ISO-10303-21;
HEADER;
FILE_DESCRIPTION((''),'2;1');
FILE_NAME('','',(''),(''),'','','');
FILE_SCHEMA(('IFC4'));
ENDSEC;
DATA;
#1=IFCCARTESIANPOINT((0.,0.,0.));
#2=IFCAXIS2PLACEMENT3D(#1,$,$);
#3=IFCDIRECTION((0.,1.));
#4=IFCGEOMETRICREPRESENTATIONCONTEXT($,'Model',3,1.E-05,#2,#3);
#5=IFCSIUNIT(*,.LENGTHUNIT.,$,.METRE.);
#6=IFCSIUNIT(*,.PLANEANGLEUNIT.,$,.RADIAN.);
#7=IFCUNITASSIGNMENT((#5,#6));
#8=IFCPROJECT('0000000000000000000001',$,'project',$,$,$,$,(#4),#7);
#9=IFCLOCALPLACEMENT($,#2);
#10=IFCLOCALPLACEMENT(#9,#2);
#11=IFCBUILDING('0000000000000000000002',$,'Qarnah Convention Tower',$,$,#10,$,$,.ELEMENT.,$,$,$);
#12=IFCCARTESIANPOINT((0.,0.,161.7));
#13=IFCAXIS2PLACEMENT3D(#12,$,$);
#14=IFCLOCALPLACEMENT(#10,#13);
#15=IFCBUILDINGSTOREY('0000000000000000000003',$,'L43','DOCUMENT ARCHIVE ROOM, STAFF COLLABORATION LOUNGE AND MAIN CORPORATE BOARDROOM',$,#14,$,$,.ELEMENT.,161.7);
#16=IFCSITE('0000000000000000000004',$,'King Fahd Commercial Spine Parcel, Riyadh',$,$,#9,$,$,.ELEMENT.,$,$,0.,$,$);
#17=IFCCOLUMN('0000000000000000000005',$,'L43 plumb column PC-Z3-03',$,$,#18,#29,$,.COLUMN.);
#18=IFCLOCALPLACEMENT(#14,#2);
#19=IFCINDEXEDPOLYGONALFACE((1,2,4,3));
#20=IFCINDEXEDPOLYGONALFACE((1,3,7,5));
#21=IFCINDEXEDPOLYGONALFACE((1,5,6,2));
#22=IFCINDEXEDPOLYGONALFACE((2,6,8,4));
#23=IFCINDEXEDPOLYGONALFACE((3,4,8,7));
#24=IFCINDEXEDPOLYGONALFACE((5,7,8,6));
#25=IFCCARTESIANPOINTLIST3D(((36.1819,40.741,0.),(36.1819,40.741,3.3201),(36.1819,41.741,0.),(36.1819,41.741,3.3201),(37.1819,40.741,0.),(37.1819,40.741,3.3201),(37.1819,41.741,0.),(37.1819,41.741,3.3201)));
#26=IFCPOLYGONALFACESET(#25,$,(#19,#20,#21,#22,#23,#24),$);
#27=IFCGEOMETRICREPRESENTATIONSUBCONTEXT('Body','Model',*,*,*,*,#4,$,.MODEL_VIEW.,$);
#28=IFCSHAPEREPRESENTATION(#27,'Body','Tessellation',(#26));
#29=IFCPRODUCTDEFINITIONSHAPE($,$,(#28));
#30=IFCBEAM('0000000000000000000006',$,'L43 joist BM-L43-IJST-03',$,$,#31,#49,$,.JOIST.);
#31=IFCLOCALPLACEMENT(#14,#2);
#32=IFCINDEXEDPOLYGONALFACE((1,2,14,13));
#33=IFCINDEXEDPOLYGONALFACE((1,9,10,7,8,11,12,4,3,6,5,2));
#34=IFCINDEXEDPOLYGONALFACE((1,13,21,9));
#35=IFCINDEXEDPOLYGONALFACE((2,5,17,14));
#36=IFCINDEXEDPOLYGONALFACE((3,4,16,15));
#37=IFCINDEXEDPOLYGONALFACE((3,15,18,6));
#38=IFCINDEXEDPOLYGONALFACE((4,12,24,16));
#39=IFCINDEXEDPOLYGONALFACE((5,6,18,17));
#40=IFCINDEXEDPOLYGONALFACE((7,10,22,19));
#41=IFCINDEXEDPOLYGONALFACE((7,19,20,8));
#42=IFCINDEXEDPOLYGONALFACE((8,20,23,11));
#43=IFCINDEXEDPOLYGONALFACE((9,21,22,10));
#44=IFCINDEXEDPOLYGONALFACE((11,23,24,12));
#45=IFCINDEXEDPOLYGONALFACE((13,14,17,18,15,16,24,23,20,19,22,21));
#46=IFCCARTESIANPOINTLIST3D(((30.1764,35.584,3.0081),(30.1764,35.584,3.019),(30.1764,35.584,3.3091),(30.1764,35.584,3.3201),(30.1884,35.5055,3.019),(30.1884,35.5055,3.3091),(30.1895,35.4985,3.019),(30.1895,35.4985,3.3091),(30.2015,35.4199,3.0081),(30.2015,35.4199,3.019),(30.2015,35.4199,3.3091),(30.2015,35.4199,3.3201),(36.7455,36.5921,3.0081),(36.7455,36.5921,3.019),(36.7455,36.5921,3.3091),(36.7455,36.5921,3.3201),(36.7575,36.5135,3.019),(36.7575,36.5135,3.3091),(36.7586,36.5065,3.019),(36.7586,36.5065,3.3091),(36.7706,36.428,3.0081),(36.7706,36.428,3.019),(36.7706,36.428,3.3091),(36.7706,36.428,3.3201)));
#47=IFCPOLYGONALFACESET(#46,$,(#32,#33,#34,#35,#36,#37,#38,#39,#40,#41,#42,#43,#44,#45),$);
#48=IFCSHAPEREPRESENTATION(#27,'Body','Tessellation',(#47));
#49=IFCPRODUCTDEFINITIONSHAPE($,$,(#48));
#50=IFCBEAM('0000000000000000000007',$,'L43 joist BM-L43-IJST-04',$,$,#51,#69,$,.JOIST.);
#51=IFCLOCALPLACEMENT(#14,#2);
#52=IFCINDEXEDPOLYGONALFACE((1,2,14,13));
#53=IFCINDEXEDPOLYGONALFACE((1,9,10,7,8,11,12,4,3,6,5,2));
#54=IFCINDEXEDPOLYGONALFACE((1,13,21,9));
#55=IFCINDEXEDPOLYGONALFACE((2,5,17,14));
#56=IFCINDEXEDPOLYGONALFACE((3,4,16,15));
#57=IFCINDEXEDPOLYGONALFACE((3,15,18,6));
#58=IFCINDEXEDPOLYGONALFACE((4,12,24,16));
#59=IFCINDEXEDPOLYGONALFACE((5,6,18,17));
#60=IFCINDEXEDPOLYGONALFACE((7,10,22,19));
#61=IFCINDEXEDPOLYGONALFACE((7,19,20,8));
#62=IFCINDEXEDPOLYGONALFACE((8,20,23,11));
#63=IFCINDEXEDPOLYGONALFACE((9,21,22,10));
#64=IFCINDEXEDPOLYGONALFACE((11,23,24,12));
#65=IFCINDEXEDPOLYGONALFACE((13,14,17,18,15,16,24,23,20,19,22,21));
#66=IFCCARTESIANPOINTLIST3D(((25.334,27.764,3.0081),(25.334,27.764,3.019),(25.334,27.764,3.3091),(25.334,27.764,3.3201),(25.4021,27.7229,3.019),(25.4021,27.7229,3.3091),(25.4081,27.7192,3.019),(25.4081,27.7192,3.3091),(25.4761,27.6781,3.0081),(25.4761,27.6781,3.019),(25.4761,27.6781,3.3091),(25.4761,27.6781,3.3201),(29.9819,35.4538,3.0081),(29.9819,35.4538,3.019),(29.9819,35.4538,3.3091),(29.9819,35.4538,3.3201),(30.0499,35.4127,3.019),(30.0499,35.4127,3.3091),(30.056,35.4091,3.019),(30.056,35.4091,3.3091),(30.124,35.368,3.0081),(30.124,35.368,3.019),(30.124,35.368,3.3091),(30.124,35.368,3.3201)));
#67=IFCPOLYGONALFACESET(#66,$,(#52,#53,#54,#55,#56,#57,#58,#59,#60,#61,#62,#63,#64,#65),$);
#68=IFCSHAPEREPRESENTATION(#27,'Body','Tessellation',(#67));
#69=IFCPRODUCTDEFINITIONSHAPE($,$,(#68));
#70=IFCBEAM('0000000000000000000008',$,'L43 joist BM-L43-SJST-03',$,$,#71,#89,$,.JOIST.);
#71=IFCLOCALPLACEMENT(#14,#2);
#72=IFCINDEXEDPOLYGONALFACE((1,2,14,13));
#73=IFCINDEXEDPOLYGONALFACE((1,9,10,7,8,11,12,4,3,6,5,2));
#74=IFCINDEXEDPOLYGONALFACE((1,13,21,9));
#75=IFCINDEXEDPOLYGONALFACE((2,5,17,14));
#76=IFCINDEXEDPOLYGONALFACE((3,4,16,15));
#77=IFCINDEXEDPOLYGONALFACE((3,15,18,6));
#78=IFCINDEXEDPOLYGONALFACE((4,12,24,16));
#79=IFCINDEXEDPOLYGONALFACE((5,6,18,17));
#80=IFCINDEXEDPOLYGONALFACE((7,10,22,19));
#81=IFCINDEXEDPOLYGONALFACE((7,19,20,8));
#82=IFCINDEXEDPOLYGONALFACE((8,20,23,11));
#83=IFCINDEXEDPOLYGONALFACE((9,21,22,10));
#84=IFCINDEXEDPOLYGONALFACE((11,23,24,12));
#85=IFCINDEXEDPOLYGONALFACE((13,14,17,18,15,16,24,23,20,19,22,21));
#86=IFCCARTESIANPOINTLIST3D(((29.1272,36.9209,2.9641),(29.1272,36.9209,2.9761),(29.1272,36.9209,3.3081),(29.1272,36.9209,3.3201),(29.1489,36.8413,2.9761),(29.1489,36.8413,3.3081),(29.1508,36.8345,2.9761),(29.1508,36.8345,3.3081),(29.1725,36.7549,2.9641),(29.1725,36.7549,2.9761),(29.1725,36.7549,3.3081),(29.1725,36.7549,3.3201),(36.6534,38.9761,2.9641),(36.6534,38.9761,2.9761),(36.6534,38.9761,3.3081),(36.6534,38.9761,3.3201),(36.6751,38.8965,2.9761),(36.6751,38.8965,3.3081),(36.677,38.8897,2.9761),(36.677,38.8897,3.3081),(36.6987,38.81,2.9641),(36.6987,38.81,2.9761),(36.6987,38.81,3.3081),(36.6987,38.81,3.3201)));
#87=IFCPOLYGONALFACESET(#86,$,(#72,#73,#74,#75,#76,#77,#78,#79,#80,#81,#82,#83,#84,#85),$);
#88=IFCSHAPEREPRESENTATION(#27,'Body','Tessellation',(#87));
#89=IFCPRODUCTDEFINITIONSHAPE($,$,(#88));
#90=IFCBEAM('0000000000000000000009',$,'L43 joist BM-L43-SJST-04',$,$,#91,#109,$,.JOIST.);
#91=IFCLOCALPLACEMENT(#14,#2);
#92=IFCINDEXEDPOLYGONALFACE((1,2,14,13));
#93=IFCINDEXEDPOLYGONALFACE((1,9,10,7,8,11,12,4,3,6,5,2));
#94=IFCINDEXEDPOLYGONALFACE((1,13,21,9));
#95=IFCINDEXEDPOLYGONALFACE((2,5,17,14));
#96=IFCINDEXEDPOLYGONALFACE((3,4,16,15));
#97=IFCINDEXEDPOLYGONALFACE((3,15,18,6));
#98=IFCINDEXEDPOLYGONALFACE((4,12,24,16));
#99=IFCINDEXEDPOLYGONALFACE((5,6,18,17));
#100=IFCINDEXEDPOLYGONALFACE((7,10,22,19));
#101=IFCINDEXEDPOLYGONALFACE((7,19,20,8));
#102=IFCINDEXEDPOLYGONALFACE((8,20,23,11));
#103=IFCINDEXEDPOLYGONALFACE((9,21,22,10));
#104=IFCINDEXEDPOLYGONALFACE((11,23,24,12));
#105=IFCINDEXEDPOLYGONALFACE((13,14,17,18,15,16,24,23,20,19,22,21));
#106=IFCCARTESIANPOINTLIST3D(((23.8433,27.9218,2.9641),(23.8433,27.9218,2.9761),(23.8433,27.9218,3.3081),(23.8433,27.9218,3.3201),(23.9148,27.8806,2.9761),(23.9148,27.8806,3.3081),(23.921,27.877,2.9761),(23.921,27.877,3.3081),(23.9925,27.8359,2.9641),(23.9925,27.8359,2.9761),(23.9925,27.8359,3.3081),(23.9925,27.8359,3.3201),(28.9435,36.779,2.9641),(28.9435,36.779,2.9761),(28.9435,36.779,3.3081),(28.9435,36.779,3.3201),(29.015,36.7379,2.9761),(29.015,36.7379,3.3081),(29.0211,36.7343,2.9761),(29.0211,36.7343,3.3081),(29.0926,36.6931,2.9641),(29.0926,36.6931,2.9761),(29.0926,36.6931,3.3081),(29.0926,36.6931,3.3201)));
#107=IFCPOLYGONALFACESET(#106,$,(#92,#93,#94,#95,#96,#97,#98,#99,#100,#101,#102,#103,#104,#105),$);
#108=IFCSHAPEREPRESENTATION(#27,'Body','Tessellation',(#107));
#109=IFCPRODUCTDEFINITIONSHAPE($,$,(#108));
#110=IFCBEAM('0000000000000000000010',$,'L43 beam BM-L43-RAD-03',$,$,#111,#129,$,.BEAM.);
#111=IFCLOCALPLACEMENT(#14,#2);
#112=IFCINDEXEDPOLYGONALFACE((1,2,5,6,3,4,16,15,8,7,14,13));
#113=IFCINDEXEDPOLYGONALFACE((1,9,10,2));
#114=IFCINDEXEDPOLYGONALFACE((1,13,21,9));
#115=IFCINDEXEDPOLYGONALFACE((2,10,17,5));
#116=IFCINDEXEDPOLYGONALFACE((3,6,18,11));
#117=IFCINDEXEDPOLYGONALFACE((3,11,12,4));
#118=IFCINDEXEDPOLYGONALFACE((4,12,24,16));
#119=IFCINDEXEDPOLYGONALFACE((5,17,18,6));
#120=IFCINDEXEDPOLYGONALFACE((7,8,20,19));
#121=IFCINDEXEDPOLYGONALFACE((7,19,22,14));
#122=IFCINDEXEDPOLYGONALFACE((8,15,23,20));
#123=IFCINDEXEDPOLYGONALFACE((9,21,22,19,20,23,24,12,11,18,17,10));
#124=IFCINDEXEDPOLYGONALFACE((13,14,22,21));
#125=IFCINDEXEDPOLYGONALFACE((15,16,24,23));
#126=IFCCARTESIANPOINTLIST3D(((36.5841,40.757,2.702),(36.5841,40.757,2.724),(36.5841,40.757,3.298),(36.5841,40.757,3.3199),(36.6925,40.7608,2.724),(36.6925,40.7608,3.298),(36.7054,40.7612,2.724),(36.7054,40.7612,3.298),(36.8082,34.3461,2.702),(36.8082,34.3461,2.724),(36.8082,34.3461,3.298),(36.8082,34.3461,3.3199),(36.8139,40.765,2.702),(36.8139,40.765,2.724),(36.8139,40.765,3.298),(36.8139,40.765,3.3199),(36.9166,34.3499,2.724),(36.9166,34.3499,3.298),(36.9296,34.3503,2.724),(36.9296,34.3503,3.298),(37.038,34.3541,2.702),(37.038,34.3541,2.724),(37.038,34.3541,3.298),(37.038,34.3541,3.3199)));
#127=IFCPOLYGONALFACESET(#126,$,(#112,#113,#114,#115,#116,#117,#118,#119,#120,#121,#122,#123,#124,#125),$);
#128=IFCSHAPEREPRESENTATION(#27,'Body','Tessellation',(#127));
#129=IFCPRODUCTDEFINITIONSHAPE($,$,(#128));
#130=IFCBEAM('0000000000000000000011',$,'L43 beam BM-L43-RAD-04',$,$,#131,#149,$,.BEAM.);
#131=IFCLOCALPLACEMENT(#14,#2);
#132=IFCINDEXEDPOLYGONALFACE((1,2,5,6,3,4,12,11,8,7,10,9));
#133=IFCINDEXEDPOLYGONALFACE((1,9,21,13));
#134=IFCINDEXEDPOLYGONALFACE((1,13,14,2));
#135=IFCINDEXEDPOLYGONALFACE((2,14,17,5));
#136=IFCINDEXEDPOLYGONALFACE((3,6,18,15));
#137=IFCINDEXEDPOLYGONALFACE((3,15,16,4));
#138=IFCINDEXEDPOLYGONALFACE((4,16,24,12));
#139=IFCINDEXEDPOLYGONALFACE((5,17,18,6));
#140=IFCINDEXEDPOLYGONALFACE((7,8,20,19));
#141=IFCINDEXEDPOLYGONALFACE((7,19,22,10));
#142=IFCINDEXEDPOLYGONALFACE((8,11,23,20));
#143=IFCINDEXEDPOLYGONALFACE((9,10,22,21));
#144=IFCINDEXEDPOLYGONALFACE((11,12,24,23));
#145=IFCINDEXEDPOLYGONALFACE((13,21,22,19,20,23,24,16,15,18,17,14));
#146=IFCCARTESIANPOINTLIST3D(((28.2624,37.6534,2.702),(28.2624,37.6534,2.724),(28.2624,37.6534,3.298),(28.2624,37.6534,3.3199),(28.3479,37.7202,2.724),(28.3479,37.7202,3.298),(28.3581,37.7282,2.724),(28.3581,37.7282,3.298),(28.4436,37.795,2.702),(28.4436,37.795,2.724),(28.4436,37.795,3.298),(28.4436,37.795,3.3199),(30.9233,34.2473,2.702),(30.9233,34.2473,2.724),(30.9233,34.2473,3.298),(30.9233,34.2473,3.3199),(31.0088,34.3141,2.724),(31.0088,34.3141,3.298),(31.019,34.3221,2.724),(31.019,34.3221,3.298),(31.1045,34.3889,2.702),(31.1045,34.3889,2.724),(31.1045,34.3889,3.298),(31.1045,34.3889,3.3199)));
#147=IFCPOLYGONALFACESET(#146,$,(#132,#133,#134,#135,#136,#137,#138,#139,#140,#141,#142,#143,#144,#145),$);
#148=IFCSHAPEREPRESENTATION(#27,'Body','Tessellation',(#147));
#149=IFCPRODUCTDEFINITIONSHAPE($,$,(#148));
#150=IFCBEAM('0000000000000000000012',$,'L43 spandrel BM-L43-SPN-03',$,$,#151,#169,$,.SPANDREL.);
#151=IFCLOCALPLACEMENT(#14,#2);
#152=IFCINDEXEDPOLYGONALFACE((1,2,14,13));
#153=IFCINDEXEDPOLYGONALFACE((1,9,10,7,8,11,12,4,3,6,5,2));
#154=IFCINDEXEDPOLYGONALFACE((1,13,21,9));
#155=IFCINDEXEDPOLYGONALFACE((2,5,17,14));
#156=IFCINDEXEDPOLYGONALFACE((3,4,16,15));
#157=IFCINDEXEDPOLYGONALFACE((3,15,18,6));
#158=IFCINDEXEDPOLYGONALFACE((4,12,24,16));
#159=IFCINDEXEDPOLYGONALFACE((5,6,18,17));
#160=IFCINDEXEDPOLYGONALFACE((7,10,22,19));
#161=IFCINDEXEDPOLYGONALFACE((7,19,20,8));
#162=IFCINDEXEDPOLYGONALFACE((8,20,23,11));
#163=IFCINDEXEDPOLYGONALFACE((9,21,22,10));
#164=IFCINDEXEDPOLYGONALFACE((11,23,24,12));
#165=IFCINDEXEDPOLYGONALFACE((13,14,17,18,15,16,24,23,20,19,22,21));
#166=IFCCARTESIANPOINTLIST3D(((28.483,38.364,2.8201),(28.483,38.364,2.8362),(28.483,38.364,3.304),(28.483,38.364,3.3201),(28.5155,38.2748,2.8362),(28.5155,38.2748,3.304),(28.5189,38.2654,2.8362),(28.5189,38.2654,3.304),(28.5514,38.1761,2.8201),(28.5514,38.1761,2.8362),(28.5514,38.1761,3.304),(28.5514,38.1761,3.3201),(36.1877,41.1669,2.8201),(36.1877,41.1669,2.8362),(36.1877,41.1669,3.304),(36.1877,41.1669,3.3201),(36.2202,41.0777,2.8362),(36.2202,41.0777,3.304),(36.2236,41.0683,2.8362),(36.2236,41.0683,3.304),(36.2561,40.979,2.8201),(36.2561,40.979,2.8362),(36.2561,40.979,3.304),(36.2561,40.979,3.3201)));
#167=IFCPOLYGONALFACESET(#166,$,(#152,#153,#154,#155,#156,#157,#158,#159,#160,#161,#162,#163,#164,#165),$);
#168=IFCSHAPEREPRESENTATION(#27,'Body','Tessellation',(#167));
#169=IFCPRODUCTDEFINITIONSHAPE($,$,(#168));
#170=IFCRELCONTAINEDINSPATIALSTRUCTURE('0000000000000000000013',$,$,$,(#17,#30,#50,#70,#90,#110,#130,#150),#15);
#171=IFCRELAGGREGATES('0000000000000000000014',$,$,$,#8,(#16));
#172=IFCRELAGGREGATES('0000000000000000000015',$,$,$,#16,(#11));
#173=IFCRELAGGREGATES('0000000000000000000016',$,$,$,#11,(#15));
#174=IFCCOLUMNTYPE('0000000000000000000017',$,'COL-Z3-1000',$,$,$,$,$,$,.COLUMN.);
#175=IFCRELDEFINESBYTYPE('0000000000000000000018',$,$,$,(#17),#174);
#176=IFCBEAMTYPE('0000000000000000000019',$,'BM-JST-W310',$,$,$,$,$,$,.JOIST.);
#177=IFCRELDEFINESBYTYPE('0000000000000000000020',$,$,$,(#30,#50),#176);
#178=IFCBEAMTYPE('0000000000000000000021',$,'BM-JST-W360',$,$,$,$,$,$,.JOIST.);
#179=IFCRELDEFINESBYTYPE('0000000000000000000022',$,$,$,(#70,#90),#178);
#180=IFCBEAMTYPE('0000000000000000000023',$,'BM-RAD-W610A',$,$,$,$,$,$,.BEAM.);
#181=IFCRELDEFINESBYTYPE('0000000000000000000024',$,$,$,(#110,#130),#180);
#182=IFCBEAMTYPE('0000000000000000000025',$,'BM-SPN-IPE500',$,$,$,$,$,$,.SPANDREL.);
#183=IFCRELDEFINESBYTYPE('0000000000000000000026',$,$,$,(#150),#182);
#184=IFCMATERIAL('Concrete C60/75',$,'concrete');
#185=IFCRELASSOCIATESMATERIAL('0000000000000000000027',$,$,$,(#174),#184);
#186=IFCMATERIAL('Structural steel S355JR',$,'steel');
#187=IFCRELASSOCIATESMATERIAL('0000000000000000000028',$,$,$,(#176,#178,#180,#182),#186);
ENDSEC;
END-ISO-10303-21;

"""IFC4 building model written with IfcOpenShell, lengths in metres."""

from ifc_helpers import new_model, si_unit, direction, frame, origin, origin_2d, place, context, subcontext, project, spatial, rectangle, i_section, extrude, material, material_profile, profile_set, type_object, element, save


model = new_model("IFC4")

# Units and contexts
model_context = context("Model", 3, precision=1e-05, world=origin(), true_north=direction((0.0, 1.0)))
body_context = subcontext(model_context, "Body", "Model", "MODEL_VIEW")
ifc_project = project(units=[si_unit("LENGTHUNIT", "METRE"), si_unit("PLANEANGLEUNIT", "RADIAN")], contexts=[model_context])

# Site, building, storey
site_placement = place(None, origin())
site = spatial("IfcSite", under=ifc_project, at=site_placement, Name="King Fahd Commercial Spine Parcel, Riyadh", CompositionType="ELEMENT", RefElevation=0.0)
building_placement = place(site_placement, origin())
building = spatial("IfcBuilding", under=site, at=building_placement, Name="Qarnah Convention Tower", CompositionType="ELEMENT")
storey_placement = place(building_placement, frame((0.0, 0.0, 161.7)))
storey = spatial("IfcBuildingStorey", under=building, at=storey_placement, Name="L43", Description="DOCUMENT ARCHIVE ROOM, STAFF COLLABORATION LOUNGE AND MAIN CORPORATE BOARDROOM", CompositionType="ELEMENT", Elevation=161.7)

# Column
ifc_material_1 = material(Name="Concrete C60/75", Category="concrete")
ifc_material_profile_1 = material_profile(ifc_material_1, rectangle(XDim=1.0, YDim=1.0, at=origin_2d()), Name="RC-COL-1000X1000")
ifc_profile_set_1 = profile_set([ifc_material_profile_1], Name="Concrete C60/75")
column_type = type_object("IfcColumnType", Name="COL-Z3-1000", PredefinedType="COLUMN", material=ifc_profile_set_1)
column_placement = place(storey_placement, frame((36.6819, 41.241, 0.0), z_axis=(0.0, 0.0, 1.0), x_axis=(1.0, 0.0, 0.0)))
element("IfcColumn", 1, at=column_placement, inside=storey, type_object=column_type, Name="L43 plumb column PC-Z3-03", PredefinedType="COLUMN", context=body_context, shape_type="SweptSolid", body=[
    extrude(rectangle(XDim=1.0, YDim=1.0, at=origin_2d()), origin(), (0.0, 0.0, 1.0), 3.3201),
])

# Beams
ifc_material_2 = material(Name="Structural steel S355JR", Category="steel")
ifc_material_profile_2 = material_profile(ifc_material_2, i_section(OverallWidth=0.166, OverallDepth=0.312, WebThickness=0.0071, FlangeThickness=0.011, at=origin_2d()), Name="W310X45")
ifc_profile_set_2 = profile_set([ifc_material_profile_2], Name="Structural steel S355JR")
beam_type_1 = type_object("IfcBeamType", Name="BM-JST-W310", PredefinedType="JOIST", material=ifc_profile_set_2)
beam_1_placement = place(storey_placement, frame((36.7581, 36.51, 3.1641), z_axis=(-0.98843, -0.151679, 0.0), x_axis=(0.151679, -0.98843, 0.0)))
element("IfcBeam", 2, at=beam_1_placement, inside=storey, type_object=beam_type_1, Name="L43 joist BM-L43-IJST-03", PredefinedType="JOIST", context=body_context, shape_type="SweptSolid", body=[
    extrude(i_section(OverallWidth=0.166, OverallDepth=0.312, WebThickness=0.0071, FlangeThickness=0.011, at=origin_2d()), origin(), (0.0, 0.0, 1.0), 6.646),
])
beam_2_placement = place(storey_placement, frame((30.053, 35.4109, 3.1641), z_axis=(-0.517274, -0.85582, 0.0), x_axis=(0.85582, -0.517274, 0.0)))
element("IfcBeam", 3, at=beam_2_placement, inside=storey, type_object=beam_type_1, Name="L43 joist BM-L43-IJST-04", PredefinedType="JOIST", context=body_context, shape_type="SweptSolid", body=[
    extrude(i_section(OverallWidth=0.166, OverallDepth=0.312, WebThickness=0.0071, FlangeThickness=0.011, at=origin_2d()), origin(), (0.0, 0.0, 1.0), 8.9854),
])
ifc_material_profile_3 = material_profile(ifc_material_2, i_section(OverallWidth=0.1721, OverallDepth=0.356, WebThickness=0.0071, FlangeThickness=0.012, at=origin_2d()), Name="W360X51")
ifc_profile_set_3 = profile_set([ifc_material_profile_3], Name="Structural steel S355JR")
beam_type_2 = type_object("IfcBeamType", Name="BM-JST-W360", PredefinedType="JOIST", material=ifc_profile_set_3)
beam_3_placement = place(storey_placement, frame((36.676, 38.8931, 3.1421), z_axis=(-0.964679, -0.263427, 0.0), x_axis=(0.263427, -0.964679, 0.0)))
element("IfcBeam", 4, at=beam_3_placement, inside=storey, type_object=beam_type_2, Name="L43 joist BM-L43-SJST-03", PredefinedType="JOIST", context=body_context, shape_type="SweptSolid", body=[
    extrude(i_section(OverallWidth=0.1721, OverallDepth=0.356, WebThickness=0.0071, FlangeThickness=0.012, at=origin_2d()), origin(), (0.0, 0.0, 1.0), 7.8018),
])
beam_4_placement = place(storey_placement, frame((29.0181, 36.7361, 3.1421), z_axis=(-0.499002, -0.866601, 0.0), x_axis=(0.866601, -0.499002, 0.0)))
element("IfcBeam", 5, at=beam_4_placement, inside=storey, type_object=beam_type_2, Name="L43 joist BM-L43-SJST-04", PredefinedType="JOIST", context=body_context, shape_type="SweptSolid", body=[
    extrude(i_section(OverallWidth=0.1721, OverallDepth=0.356, WebThickness=0.0071, FlangeThickness=0.012, at=origin_2d()), origin(), (0.0, 0.0, 1.0), 10.2207),
])
ifc_material_profile_4 = material_profile(ifc_material_2, i_section(OverallWidth=0.23, OverallDepth=0.6179, WebThickness=0.0129, FlangeThickness=0.022, at=origin_2d()), Name="W610X140")
ifc_profile_set_4 = profile_set([ifc_material_profile_4], Name="Structural steel S355JR")
beam_type_3 = type_object("IfcBeamType", Name="BM-RAD-W610A", PredefinedType="BEAM", material=ifc_profile_set_4)
beam_5_placement = place(storey_placement, frame((36.9231, 34.3501, 3.011), z_axis=(-0.034938, 0.999389, 0.0), x_axis=(-0.999389, -0.034938, 0.0)))
element("IfcBeam", 6, at=beam_5_placement, inside=storey, type_object=beam_type_3, Name="L43 beam BM-L43-RAD-03", PredefinedType="BEAM", context=body_context, shape_type="SweptSolid", body=[
    extrude(i_section(OverallWidth=0.23, OverallDepth=0.6179, WebThickness=0.0129, FlangeThickness=0.022, at=origin_2d()), origin(), (0.0, 0.0, 1.0), 6.4148),
])
beam_6_placement = place(storey_placement, frame((31.0139, 34.3181, 3.011), z_axis=(-0.615636, 0.78803, 0.0), x_axis=(-0.78803, -0.615636, 0.0)))
element("IfcBeam", 7, at=beam_6_placement, inside=storey, type_object=beam_type_3, Name="L43 beam BM-L43-RAD-04", PredefinedType="BEAM", context=body_context, shape_type="SweptSolid", body=[
    extrude(i_section(OverallWidth=0.23, OverallDepth=0.6179, WebThickness=0.0129, FlangeThickness=0.022, at=origin_2d()), origin(), (0.0, 0.0, 1.0), 4.3223),
])
ifc_material_profile_5 = material_profile(ifc_material_2, i_section(OverallWidth=0.2, OverallDepth=0.5, WebThickness=0.01, FlangeThickness=0.0161, at=origin_2d()), Name="IPE500")
ifc_profile_set_5 = profile_set([ifc_material_profile_5], Name="Structural steel S355JR")
beam_type_4 = type_object("IfcBeamType", Name="BM-SPN-IPE500", PredefinedType="SPANDREL", material=ifc_profile_set_5)
beam_7_placement = place(storey_placement, frame((36.2219, 41.073, 3.0701), z_axis=(-0.939746, -0.341875, 0.0), x_axis=(0.341875, -0.939746, 0.0)))
element("IfcBeam", 8, at=beam_7_placement, inside=storey, type_object=beam_type_4, Name="L43 spandrel BM-L43-SPN-03", PredefinedType="SPANDREL", context=body_context, shape_type="SweptSolid", body=[
    extrude(i_section(OverallWidth=0.2, OverallDepth=0.5, WebThickness=0.01, FlangeThickness=0.0161, at=origin_2d()), origin(), (0.0, 0.0, 1.0), 8.1987),
])

save(model, "model.ifc")
